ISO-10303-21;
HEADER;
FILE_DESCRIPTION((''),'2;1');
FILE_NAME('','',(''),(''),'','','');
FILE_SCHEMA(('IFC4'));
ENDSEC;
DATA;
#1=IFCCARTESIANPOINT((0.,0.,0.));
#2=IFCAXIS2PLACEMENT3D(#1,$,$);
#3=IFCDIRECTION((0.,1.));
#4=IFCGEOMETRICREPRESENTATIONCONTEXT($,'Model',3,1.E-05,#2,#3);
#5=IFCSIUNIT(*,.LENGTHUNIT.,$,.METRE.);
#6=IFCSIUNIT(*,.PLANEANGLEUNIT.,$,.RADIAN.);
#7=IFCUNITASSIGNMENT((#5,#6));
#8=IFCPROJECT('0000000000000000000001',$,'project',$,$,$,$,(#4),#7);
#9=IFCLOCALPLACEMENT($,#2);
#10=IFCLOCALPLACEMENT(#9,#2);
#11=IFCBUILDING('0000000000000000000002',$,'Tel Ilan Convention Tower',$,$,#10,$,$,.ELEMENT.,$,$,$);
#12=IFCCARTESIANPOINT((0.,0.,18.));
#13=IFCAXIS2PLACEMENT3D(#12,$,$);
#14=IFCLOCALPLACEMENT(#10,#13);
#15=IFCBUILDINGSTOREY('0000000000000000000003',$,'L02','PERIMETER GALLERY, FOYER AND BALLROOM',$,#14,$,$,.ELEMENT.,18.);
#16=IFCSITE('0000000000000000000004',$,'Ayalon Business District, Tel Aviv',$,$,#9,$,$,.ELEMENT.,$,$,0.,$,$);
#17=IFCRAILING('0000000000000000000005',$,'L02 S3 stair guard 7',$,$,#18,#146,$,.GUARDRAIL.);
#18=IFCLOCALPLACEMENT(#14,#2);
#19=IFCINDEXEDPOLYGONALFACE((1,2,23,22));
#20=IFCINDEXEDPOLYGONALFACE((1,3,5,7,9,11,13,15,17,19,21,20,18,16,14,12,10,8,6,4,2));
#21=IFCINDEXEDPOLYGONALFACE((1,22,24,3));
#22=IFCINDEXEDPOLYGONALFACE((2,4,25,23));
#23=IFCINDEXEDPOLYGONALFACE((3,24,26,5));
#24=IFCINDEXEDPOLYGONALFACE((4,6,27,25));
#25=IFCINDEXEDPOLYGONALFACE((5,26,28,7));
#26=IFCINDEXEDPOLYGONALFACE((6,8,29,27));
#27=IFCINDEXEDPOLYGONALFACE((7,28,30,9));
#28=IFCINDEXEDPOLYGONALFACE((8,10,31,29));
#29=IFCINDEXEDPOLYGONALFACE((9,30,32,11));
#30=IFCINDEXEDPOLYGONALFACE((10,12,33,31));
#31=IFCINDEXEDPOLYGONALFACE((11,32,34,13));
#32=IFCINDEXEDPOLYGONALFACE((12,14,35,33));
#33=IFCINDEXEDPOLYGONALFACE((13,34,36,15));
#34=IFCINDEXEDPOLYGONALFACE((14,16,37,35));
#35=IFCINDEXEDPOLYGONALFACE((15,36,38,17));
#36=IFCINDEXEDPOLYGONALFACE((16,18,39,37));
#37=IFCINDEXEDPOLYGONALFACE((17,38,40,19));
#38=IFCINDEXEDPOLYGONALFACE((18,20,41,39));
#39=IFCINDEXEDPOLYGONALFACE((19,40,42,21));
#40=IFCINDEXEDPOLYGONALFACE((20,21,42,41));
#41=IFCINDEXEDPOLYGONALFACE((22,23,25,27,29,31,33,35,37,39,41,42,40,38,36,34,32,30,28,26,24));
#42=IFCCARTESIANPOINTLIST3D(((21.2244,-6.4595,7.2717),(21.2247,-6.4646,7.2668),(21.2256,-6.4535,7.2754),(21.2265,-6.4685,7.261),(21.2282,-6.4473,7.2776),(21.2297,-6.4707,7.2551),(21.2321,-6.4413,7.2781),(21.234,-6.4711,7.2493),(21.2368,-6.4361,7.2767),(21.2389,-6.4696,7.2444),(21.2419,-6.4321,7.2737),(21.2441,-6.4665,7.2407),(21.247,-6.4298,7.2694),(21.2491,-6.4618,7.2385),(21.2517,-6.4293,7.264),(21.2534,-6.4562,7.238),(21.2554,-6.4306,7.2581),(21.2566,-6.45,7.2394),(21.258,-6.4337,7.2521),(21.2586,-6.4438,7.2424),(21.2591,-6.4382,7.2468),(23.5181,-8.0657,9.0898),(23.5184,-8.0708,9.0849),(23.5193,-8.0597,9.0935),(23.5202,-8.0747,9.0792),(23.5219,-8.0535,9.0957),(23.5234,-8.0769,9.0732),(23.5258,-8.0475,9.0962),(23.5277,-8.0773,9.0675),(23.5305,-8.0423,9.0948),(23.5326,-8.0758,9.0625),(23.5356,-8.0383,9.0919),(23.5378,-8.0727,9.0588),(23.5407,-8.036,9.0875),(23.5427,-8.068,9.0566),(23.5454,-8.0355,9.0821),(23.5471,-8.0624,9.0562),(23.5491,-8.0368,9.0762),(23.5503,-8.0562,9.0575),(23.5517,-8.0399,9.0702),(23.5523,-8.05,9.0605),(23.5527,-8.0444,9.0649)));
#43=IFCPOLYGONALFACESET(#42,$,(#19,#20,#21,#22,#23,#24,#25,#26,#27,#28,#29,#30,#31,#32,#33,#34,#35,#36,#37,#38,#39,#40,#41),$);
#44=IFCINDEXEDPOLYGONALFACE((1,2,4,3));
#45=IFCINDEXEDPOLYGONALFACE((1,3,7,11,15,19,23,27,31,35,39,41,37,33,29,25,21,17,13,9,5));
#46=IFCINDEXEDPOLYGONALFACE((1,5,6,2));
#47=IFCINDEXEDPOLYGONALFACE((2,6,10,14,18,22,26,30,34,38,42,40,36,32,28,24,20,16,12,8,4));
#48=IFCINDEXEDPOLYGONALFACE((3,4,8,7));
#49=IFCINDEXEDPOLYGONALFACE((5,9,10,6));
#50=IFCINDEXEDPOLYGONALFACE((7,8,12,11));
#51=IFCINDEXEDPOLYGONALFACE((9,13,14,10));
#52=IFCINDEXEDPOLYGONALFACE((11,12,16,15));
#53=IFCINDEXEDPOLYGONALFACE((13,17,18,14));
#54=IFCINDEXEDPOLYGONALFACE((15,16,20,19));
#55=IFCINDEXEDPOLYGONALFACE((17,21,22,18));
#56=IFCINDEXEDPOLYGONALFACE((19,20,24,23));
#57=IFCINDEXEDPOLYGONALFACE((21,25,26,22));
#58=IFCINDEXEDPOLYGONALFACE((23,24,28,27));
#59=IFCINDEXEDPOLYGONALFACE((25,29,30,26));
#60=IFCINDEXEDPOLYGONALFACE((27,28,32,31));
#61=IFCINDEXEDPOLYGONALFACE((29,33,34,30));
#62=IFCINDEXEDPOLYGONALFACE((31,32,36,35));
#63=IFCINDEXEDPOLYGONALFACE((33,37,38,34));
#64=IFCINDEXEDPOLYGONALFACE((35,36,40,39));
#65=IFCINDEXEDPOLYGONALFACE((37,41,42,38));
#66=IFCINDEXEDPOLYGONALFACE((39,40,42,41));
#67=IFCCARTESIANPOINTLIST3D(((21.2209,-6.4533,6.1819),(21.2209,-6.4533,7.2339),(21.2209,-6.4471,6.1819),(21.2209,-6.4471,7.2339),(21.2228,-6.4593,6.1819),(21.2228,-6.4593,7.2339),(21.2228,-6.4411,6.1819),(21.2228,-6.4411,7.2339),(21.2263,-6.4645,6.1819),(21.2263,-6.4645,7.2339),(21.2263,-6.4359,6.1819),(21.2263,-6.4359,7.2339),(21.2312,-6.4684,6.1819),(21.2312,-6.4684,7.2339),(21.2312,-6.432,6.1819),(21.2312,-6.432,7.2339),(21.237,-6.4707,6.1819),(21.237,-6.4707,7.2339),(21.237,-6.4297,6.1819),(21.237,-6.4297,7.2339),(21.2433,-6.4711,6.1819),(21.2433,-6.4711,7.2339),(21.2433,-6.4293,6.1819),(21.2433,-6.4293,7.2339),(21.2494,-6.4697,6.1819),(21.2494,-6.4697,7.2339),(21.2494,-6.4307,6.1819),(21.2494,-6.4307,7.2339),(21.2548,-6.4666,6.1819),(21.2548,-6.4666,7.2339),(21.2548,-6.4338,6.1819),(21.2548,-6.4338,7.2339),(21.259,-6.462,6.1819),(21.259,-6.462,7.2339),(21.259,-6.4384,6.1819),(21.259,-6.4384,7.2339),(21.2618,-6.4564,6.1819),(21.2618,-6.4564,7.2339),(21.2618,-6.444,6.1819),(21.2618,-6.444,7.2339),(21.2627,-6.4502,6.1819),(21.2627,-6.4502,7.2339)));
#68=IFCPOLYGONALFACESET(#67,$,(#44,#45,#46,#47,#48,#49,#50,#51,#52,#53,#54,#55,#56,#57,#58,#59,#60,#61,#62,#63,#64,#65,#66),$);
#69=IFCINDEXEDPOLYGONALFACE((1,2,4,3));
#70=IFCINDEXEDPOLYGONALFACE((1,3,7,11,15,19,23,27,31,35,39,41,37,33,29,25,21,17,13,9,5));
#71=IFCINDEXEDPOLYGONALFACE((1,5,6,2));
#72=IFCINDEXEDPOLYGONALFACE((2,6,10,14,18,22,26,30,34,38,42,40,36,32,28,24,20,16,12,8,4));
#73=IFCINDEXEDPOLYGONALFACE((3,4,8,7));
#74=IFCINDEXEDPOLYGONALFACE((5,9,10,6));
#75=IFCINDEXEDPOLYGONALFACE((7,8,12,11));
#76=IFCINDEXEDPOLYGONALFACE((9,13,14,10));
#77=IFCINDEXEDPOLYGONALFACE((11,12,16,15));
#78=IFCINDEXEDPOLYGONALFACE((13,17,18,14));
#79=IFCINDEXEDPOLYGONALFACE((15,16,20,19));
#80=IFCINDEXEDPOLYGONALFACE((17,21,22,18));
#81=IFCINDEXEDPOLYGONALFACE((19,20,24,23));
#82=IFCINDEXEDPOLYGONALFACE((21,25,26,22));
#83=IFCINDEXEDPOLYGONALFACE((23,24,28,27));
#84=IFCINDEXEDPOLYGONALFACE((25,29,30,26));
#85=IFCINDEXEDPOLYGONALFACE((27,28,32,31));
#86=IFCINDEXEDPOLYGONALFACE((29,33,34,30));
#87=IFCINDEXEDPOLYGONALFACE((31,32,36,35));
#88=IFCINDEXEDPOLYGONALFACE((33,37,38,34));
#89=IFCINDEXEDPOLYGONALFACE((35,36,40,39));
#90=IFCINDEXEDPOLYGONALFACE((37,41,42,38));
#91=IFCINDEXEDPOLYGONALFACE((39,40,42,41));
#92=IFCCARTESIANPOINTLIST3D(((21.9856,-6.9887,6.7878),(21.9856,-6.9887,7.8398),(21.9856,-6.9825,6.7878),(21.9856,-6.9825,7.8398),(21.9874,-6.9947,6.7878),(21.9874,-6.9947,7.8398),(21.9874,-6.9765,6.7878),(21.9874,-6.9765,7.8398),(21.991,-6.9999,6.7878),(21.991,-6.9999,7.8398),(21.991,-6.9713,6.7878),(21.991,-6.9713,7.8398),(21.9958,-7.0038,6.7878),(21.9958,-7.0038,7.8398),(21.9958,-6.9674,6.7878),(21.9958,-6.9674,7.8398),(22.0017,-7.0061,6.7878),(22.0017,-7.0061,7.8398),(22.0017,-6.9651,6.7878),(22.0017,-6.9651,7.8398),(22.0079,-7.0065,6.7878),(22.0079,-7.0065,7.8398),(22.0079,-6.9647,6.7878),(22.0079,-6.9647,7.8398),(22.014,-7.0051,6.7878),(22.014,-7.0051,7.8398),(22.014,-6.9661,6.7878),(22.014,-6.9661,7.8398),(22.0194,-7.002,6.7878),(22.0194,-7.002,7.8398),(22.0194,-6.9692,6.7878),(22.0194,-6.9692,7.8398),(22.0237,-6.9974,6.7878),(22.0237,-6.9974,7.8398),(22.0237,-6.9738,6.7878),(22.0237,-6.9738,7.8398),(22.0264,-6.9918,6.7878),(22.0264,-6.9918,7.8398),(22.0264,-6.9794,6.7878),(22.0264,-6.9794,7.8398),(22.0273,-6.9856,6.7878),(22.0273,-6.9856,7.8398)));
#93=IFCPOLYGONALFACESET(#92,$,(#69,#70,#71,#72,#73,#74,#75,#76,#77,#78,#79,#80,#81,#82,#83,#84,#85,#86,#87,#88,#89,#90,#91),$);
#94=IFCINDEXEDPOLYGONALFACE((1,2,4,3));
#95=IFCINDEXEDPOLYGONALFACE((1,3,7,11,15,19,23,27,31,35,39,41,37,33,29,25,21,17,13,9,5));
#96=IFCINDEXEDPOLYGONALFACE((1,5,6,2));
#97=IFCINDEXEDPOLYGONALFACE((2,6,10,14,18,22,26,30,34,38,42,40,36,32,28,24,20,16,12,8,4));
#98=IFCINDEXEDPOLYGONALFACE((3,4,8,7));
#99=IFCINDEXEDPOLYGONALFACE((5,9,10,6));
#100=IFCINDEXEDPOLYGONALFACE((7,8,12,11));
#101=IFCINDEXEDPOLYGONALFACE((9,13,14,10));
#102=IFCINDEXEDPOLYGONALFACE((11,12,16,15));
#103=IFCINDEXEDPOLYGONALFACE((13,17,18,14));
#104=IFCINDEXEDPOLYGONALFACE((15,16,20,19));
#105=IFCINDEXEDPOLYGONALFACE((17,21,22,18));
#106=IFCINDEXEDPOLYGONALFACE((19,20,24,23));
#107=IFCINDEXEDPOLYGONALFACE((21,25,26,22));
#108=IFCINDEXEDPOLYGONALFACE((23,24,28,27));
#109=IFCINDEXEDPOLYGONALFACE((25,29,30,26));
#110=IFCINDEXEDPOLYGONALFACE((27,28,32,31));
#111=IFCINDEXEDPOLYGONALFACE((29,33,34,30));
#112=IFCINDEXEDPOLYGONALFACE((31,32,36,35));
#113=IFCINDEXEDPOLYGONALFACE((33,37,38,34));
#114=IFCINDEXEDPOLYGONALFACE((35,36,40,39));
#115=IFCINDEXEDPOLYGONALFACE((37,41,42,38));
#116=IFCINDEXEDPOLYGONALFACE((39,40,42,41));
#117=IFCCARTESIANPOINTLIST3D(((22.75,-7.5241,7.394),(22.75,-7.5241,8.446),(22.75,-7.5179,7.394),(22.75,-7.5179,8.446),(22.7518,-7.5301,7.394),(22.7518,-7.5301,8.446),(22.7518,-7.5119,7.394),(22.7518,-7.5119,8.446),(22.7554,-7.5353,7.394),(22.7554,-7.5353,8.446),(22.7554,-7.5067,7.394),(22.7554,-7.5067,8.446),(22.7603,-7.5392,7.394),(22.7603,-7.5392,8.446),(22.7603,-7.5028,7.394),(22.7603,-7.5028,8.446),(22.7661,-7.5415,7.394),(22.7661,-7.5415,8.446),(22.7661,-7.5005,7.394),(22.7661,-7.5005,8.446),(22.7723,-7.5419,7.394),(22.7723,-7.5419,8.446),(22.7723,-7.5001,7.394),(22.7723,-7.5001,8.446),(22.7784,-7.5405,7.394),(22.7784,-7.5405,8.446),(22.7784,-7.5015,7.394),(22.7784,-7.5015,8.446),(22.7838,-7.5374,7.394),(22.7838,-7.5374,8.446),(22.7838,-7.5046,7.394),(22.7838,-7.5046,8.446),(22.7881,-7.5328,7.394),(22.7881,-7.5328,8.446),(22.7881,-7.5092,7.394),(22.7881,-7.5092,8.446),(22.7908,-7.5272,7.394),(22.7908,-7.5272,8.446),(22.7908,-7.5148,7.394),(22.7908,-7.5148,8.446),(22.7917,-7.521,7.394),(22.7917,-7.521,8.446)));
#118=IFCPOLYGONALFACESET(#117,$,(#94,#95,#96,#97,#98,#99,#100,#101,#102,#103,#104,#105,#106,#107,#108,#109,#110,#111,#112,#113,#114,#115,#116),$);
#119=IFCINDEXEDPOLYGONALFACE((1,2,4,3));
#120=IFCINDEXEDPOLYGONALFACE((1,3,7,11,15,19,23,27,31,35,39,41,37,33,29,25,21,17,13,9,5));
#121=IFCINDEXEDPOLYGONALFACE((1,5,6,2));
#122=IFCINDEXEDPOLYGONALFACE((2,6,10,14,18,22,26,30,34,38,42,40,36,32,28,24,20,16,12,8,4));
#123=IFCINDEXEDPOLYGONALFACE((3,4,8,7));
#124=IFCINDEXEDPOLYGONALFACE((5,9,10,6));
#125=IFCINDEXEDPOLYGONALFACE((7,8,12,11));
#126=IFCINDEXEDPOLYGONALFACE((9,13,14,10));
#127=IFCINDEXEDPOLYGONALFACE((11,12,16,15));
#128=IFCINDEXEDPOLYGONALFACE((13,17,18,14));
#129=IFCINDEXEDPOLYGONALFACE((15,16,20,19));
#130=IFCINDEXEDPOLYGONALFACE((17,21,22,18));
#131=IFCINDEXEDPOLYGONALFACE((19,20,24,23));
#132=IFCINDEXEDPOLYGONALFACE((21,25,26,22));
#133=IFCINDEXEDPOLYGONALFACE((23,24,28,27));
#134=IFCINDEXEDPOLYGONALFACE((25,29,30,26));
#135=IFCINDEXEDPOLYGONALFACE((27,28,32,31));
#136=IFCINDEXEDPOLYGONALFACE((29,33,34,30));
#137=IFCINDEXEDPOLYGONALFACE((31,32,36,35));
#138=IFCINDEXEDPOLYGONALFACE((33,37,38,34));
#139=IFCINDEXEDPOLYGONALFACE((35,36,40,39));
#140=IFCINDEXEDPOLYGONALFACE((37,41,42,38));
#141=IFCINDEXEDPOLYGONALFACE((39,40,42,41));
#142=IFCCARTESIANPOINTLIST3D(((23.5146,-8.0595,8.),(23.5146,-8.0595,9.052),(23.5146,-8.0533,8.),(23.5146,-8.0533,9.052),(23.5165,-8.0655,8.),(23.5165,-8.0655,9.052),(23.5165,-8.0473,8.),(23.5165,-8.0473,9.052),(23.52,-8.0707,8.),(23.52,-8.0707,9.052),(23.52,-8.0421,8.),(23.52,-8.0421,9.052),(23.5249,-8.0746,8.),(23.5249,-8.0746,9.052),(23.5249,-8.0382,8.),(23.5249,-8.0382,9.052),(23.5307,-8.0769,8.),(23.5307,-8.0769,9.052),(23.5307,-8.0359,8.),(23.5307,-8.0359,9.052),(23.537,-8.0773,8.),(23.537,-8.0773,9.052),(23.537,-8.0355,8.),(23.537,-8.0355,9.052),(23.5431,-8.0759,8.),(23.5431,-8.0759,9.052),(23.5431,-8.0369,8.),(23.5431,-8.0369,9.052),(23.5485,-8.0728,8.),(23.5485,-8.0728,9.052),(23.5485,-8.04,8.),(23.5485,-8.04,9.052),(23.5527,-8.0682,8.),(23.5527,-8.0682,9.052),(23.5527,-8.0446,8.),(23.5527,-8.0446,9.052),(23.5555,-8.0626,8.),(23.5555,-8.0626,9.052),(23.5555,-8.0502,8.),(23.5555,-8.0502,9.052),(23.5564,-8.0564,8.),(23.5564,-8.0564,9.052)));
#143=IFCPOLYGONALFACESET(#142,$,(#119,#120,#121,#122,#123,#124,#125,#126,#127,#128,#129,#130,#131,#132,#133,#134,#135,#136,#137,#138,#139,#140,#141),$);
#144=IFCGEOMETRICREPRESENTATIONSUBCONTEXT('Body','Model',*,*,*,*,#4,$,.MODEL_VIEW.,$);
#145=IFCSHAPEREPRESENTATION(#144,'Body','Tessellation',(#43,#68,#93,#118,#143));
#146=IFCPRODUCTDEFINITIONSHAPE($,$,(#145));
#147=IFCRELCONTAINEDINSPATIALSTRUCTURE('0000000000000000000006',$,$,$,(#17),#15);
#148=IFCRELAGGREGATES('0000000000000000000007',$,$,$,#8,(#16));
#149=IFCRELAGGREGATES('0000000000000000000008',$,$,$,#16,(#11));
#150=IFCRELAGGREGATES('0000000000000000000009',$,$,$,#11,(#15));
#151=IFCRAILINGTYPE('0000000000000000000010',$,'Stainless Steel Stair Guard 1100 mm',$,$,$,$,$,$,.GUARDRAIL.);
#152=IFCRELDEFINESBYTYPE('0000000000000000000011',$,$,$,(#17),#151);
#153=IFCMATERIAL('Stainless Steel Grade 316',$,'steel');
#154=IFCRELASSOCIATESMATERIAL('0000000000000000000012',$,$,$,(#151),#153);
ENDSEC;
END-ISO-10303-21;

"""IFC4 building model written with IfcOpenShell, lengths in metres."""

from ifc_helpers import new_model, si_unit, direction, frame, origin, origin_2d, place, context, subcontext, project, spatial, circle, extrude, material, type_object, element, save


model = new_model("IFC4")

# Units and contexts
model_context = context("Model", 3, precision=1e-05, world=origin(), true_north=direction((0.0, 1.0)))
body_context = subcontext(model_context, "Body", "Model", "MODEL_VIEW")
ifc_project = project(units=[si_unit("LENGTHUNIT", "METRE"), si_unit("PLANEANGLEUNIT", "RADIAN")], contexts=[model_context])

# Site, building, storey
site_placement = place(None, origin())
site = spatial("IfcSite", under=ifc_project, at=site_placement, Name="Ayalon Business District, Tel Aviv", CompositionType="ELEMENT", RefElevation=0.0)
building_placement = place(site_placement, origin())
building = spatial("IfcBuilding", under=site, at=building_placement, Name="Tel Ilan Convention Tower", CompositionType="ELEMENT")
storey_placement = place(building_placement, frame((0.0, 0.0, 18.0)))
storey = spatial("IfcBuildingStorey", under=building, at=storey_placement, Name="L02", Description="PERIMETER GALLERY, FOYER AND BALLROOM", CompositionType="ELEMENT", Elevation=18.0)

# Railing
ifc_material_1 = material(Name="Stainless Steel Grade 316", Category="steel")
railing_type_1 = type_object("IfcRailingType", Name="Stainless Steel Stair Guard 1100 mm", PredefinedType="GUARDRAIL", material=ifc_material_1)
for number, where, name in (
    (1, (21.2417, -6.4502, 6.1819), "L02 S3 stair guard 7"),
):
    element("IfcRailing", number, at=place(storey_placement, frame(where)), inside=storey, type_object=railing_type_1, Name=name, PredefinedType="GUARDRAIL", context=body_context, shape_type="SweptSolid", body=[
        extrude(circle(Radius=0.0239, at=origin_2d()), frame((0.0, 0.0, 1.0762), z_axis=(0.687017, -0.481095, 0.544568), x_axis=(0.573609, 0.81913, 0.0)), (0.0, 0.0, 1.0), 3.3386),
        extrude(circle(Radius=0.021, at=origin_2d()), origin(), (0.0, 0.0, 1.0), 1.052),
        extrude(circle(Radius=0.021, at=origin_2d()), frame((0.7646, -0.5354, 0.606)), (0.0, 0.0, 1.0), 1.052),
        extrude(circle(Radius=0.021, at=origin_2d()), frame((1.5291, -1.0708, 1.2122)), (0.0, 0.0, 1.0), 1.052),
        extrude(circle(Radius=0.021, at=origin_2d()), frame((2.2937, -1.6062, 1.8181)), (0.0, 0.0, 1.0), 1.052),
    ])

save(model, "model.ifc")
